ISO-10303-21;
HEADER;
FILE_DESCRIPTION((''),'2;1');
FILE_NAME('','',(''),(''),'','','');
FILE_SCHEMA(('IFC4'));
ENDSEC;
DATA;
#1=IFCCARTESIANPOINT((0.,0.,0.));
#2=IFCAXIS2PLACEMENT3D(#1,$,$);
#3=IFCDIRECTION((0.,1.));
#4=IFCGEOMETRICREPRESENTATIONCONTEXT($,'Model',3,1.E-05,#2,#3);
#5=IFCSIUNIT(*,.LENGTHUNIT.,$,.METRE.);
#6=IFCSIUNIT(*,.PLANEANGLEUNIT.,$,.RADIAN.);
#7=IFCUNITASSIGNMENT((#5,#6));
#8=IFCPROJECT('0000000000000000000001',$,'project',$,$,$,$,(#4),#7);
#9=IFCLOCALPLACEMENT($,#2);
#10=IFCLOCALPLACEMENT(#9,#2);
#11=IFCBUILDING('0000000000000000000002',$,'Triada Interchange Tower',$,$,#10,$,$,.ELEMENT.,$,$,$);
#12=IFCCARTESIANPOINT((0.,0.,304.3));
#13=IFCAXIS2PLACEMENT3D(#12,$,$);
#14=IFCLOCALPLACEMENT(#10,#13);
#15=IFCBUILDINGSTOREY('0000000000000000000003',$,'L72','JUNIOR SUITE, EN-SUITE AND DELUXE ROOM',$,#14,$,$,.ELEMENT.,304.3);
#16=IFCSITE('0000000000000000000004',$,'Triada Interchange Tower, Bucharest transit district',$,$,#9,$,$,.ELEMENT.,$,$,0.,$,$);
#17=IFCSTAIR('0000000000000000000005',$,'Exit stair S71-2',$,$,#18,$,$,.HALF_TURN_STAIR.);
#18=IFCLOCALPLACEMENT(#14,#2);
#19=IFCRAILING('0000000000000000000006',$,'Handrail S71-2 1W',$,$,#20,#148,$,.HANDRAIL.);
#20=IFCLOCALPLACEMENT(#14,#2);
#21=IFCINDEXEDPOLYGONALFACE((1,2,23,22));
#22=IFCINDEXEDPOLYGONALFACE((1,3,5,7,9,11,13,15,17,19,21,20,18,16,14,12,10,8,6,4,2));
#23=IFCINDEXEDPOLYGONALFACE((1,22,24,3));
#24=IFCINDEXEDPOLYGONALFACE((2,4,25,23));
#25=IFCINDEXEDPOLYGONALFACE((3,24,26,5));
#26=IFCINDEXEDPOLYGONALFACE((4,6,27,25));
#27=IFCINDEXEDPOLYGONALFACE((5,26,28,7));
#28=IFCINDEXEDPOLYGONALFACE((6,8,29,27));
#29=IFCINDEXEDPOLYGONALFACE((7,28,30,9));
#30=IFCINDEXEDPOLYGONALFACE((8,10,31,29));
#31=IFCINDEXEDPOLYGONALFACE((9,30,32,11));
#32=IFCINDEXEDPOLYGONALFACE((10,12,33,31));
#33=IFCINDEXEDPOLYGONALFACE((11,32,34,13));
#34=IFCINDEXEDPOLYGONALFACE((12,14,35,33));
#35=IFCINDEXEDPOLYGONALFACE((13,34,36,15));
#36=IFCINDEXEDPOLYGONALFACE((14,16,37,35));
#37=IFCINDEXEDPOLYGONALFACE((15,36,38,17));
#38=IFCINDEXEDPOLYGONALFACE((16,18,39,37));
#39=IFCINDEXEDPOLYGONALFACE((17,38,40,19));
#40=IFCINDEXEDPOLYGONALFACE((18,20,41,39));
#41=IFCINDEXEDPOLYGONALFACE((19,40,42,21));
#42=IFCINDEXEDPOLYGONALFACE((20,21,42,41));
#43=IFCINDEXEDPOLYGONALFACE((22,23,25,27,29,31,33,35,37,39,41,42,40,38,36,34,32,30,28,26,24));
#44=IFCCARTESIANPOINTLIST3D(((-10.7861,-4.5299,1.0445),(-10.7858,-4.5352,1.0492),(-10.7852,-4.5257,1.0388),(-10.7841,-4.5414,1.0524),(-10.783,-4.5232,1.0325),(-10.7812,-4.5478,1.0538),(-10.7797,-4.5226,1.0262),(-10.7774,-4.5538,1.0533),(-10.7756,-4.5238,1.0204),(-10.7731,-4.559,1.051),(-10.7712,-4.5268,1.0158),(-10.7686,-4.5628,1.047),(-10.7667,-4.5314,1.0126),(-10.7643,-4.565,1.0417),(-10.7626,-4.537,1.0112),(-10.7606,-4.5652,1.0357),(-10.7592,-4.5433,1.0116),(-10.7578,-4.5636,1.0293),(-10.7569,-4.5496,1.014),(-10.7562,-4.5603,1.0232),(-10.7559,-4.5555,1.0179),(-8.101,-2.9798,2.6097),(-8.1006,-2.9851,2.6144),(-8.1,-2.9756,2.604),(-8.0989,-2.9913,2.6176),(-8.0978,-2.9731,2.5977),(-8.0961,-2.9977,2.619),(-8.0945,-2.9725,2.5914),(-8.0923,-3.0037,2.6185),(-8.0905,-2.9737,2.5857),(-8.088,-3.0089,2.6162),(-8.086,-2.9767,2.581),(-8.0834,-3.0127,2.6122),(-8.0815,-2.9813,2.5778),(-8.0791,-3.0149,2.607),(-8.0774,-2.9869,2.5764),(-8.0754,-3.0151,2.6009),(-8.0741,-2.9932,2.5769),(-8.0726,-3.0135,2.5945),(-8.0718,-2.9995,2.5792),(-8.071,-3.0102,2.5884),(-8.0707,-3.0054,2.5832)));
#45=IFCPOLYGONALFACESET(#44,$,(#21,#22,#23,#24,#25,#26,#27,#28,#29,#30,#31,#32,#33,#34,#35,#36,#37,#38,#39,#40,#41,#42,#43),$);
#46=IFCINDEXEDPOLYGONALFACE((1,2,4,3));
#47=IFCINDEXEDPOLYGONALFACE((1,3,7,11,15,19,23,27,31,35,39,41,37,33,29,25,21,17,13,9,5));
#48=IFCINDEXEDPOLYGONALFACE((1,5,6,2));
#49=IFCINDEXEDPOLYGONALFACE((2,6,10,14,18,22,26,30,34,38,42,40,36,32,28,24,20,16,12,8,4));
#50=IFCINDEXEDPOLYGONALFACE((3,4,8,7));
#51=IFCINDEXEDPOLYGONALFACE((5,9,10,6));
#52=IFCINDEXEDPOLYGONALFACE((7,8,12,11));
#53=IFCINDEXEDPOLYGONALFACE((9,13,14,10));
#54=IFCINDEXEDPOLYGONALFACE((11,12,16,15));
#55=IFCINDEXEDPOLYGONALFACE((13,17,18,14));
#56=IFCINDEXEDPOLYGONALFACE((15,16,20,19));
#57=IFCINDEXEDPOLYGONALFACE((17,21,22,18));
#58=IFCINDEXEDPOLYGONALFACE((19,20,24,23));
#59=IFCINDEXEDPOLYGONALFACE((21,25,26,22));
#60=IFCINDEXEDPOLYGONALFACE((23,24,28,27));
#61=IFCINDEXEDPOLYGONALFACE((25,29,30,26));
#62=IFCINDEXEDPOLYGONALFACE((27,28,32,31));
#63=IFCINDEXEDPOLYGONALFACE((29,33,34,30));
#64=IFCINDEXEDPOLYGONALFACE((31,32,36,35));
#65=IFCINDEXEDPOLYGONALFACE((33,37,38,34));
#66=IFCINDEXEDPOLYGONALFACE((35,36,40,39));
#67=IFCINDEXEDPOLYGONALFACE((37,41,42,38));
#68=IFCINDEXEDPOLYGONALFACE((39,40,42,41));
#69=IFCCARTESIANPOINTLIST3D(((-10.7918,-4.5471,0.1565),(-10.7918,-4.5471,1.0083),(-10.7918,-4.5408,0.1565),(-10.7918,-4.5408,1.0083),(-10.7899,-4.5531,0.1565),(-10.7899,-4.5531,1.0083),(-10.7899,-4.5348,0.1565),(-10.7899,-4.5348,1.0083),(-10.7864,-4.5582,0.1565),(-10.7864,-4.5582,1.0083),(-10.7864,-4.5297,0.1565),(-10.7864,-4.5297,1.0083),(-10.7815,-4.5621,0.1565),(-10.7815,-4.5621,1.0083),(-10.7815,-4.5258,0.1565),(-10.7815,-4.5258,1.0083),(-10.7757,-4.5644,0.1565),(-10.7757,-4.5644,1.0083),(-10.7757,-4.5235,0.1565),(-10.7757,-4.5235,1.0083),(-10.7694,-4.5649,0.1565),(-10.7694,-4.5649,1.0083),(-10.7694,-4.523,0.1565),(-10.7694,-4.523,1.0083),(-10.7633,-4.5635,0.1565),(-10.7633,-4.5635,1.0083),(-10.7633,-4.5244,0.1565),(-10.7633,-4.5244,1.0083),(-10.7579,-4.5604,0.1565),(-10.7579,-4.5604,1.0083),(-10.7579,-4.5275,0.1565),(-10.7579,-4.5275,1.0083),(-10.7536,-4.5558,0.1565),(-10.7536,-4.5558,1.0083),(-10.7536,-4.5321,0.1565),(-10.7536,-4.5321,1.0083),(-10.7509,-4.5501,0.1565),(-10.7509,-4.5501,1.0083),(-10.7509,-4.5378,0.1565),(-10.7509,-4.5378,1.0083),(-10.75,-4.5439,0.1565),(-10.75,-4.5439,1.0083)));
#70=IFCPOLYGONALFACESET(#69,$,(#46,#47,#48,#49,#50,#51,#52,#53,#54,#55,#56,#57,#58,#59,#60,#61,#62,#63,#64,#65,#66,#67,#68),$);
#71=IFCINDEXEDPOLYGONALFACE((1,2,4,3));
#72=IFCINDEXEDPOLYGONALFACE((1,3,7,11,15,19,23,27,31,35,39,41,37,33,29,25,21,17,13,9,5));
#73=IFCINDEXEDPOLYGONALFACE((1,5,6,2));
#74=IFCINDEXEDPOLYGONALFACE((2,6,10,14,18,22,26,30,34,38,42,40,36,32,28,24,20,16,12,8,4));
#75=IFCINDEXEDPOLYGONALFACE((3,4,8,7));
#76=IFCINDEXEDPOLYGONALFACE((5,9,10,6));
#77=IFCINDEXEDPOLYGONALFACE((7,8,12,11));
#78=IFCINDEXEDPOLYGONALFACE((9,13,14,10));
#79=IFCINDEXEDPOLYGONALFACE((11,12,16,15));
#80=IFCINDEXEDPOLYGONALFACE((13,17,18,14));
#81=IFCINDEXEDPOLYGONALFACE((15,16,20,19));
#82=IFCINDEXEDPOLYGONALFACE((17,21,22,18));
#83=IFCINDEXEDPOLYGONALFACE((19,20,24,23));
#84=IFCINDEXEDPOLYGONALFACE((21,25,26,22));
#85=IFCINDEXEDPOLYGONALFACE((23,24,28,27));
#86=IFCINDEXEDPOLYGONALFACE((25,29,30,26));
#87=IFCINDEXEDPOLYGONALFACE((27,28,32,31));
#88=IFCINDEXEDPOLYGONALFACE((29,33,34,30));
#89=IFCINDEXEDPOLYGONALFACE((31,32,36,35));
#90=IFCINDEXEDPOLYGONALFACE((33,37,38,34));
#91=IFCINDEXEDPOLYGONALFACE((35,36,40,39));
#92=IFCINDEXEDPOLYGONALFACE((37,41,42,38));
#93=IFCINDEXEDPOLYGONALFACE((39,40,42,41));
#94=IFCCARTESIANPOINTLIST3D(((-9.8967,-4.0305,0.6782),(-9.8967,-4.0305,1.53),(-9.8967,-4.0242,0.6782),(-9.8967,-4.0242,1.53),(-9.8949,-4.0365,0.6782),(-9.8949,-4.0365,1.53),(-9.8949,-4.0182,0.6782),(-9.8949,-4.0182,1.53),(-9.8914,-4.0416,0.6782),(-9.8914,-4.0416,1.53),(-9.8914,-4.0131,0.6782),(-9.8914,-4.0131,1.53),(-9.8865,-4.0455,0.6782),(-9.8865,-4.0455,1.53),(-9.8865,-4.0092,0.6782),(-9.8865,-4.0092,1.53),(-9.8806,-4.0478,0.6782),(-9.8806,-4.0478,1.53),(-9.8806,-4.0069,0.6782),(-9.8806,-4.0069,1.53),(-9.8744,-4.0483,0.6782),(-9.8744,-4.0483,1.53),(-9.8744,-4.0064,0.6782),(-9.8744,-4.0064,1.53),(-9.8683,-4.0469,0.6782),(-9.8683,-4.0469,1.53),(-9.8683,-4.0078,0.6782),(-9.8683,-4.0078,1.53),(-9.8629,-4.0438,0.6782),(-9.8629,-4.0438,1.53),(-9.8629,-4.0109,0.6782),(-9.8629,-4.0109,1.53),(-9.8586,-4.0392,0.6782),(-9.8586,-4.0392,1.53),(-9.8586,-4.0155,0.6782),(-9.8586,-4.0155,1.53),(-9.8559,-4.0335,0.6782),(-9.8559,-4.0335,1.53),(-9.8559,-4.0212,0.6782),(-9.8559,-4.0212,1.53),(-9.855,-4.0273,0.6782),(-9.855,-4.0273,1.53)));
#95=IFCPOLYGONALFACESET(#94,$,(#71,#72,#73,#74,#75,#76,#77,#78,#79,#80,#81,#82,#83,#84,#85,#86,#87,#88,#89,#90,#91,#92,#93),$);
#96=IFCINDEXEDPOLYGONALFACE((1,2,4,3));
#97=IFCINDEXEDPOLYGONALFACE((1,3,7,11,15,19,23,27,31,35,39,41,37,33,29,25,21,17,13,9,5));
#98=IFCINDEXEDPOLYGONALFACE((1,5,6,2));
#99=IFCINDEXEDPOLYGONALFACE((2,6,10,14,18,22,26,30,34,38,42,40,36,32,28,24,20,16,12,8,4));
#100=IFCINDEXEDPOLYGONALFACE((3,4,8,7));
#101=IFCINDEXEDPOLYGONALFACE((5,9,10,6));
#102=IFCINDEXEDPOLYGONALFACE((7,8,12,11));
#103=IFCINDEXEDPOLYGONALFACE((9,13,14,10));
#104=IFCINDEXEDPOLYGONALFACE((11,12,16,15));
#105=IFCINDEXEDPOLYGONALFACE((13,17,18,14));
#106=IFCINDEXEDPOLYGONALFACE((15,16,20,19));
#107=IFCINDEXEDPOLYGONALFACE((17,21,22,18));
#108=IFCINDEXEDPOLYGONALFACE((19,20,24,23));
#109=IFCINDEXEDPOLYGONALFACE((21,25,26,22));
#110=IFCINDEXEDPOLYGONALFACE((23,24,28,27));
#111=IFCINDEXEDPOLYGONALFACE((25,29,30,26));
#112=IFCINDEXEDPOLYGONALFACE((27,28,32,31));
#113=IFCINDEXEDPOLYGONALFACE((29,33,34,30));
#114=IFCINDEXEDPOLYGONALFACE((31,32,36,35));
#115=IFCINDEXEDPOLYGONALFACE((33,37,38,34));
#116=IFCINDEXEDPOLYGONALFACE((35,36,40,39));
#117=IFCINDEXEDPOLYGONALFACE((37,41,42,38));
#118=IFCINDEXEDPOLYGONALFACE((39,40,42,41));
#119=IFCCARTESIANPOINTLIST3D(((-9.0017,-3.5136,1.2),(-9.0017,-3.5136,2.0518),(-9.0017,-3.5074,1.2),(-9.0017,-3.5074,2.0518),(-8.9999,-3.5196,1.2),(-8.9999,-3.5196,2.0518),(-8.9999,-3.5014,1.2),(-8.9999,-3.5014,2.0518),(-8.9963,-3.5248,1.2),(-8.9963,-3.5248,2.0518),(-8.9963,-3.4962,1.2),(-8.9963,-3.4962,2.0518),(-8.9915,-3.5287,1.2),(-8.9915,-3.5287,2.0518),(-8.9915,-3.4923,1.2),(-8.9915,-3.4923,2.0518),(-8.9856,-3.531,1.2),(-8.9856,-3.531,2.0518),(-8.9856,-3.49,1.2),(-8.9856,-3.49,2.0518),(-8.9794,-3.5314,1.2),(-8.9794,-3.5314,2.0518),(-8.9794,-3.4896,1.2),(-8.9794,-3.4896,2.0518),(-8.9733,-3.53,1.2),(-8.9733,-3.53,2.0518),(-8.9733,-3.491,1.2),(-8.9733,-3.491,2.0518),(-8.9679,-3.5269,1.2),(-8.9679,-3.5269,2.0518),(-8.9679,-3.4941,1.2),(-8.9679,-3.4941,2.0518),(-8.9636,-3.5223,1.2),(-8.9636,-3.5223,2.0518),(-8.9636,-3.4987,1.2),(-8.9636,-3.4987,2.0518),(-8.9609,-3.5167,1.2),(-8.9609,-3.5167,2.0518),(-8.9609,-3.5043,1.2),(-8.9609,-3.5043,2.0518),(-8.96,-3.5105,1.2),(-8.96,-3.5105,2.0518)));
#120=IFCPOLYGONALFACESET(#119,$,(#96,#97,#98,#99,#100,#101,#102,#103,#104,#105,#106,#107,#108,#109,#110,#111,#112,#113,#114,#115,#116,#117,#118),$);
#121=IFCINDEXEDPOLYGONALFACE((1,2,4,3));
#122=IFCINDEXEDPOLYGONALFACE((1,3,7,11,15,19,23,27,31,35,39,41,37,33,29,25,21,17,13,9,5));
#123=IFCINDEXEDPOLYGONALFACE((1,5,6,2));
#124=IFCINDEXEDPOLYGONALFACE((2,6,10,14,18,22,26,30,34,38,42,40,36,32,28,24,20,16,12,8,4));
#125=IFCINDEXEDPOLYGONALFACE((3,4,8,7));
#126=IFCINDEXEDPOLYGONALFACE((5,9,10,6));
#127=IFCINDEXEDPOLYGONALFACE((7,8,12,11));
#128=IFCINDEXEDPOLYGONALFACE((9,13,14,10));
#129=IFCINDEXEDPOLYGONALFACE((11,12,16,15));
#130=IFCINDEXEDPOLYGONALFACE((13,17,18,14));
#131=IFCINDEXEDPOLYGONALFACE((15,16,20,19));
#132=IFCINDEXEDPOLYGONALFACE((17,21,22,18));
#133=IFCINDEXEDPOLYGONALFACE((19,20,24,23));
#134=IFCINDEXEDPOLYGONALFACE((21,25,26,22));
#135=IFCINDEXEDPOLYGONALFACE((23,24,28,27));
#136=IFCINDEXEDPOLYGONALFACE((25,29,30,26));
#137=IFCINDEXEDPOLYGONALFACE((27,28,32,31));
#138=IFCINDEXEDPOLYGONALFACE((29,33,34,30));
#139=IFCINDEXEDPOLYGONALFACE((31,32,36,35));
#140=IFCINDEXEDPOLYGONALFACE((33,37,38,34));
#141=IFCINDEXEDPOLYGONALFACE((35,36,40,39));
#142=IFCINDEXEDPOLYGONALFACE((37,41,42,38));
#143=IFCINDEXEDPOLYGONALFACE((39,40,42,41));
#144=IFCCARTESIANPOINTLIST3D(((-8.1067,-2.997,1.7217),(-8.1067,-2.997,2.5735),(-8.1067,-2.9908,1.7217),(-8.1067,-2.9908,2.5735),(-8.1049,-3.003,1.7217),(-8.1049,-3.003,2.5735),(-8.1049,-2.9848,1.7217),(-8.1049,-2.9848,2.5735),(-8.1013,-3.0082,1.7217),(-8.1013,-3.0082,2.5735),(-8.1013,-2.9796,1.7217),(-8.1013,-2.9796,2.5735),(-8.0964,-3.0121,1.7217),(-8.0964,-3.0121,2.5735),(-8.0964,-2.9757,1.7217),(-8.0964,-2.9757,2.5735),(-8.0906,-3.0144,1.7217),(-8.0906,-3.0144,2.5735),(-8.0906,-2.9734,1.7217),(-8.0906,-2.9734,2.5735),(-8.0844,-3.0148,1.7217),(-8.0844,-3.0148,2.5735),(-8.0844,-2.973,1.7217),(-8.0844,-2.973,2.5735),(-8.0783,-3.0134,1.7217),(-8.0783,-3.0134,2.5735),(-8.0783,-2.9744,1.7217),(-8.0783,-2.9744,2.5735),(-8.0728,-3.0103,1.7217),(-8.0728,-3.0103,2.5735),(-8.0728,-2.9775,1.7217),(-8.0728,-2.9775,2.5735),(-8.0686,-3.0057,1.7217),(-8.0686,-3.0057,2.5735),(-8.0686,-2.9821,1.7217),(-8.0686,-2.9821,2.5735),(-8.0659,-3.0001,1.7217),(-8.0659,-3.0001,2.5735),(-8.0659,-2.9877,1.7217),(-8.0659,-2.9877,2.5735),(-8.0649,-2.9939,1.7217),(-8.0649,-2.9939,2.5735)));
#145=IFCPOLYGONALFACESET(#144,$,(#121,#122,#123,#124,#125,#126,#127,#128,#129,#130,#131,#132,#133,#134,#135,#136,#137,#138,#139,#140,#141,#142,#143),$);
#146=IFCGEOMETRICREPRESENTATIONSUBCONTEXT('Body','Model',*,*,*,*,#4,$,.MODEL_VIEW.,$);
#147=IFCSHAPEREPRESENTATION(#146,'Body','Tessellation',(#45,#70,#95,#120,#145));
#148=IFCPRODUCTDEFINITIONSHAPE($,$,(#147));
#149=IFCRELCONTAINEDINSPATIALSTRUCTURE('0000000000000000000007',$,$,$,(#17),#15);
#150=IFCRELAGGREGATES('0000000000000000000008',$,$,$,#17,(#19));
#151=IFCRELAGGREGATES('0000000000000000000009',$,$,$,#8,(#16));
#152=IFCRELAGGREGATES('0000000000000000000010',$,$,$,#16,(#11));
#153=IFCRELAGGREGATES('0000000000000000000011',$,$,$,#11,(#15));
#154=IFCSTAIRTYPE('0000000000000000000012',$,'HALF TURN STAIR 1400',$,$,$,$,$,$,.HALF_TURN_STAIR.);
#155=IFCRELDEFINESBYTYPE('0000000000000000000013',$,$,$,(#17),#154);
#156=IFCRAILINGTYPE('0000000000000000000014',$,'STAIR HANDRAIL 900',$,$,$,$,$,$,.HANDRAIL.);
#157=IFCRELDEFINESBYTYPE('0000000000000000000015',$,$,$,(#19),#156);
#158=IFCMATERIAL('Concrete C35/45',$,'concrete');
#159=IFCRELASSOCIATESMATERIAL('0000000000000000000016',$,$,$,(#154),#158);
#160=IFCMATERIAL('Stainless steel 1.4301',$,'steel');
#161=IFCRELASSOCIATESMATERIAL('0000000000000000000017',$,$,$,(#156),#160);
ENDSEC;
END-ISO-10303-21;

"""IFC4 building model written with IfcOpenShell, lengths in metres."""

from ifc_helpers import new_model, si_unit, direction, frame, origin, origin_2d, place, context, subcontext, project, spatial, circle, extrude, material, type_object, element, aggregate, save


model = new_model("IFC4")

# Units and contexts
model_context = context("Model", 3, precision=1e-05, world=origin(), true_north=direction((0.0, 1.0)))
body_context = subcontext(model_context, "Body", "Model", "MODEL_VIEW")
ifc_project = project(units=[si_unit("LENGTHUNIT", "METRE"), si_unit("PLANEANGLEUNIT", "RADIAN")], contexts=[model_context])

# Site, building, storey
site_placement = place(None, origin())
site = spatial("IfcSite", under=ifc_project, at=site_placement, Name="Triada Interchange Tower, Bucharest transit district", CompositionType="ELEMENT", RefElevation=0.0)
building_placement = place(site_placement, origin())
building = spatial("IfcBuilding", under=site, at=building_placement, Name="Triada Interchange Tower", CompositionType="ELEMENT")
storey_placement = place(building_placement, frame((0.0, 0.0, 304.3)))
storey = spatial("IfcBuildingStorey", under=building, at=storey_placement, Name="L72", Description="JUNIOR SUITE, EN-SUITE AND DELUXE ROOM", CompositionType="ELEMENT", Elevation=304.3)

# Stair, railing
ifc_material_1 = material(Name="Concrete C35/45", Category="concrete")
stair_type = type_object("IfcStairType", Name="HALF TURN STAIR 1400", PredefinedType="HALF_TURN_STAIR", material=ifc_material_1)
stair_placement = place(storey_placement, origin())
stair = element("IfcStair", 1, at=stair_placement, inside=storey, type_object=stair_type, Name="Exit stair S71-2", PredefinedType="HALF_TURN_STAIR")
ifc_material_2 = material(Name="Stainless steel 1.4301", Category="steel")
railing_type = type_object("IfcRailingType", Name="STAIR HANDRAIL 900", PredefinedType="HANDRAIL", material=ifc_material_2)
railing_1_placement = place(storey_placement, frame((-10.771, -4.5439, 0.1565)))
railing_1 = element("IfcRailing", 2, at=railing_1_placement, type_object=railing_type, Name="Handrail S71-2 1W", PredefinedType="HANDRAIL", context=body_context, shape_type="SweptSolid", body=[
    extrude(circle(Radius=0.0239, at=origin_2d()), frame((0.0, 0.0, 0.876), z_axis=(0.773115, 0.446309, 0.450667), x_axis=(-0.499959, 0.866049, 0.0)), (0.0, 0.0, 1.0), 3.4731),
    extrude(circle(Radius=0.021, at=origin_2d()), origin(), (0.0, 0.0, 1.0), 0.8518),
    extrude(circle(Radius=0.021, at=origin_2d()), frame((0.895, 0.5166, 0.5217)), (0.0, 0.0, 1.0), 0.8518),
    extrude(circle(Radius=0.021, at=origin_2d()), frame((1.79, 1.0334, 1.0435)), (0.0, 0.0, 1.0), 0.8518),
    extrude(circle(Radius=0.021, at=origin_2d()), frame((2.6851, 1.55, 1.5652)), (0.0, 0.0, 1.0), 0.8518),
])
aggregate(stair, [railing_1])

save(model, "model.ifc")
